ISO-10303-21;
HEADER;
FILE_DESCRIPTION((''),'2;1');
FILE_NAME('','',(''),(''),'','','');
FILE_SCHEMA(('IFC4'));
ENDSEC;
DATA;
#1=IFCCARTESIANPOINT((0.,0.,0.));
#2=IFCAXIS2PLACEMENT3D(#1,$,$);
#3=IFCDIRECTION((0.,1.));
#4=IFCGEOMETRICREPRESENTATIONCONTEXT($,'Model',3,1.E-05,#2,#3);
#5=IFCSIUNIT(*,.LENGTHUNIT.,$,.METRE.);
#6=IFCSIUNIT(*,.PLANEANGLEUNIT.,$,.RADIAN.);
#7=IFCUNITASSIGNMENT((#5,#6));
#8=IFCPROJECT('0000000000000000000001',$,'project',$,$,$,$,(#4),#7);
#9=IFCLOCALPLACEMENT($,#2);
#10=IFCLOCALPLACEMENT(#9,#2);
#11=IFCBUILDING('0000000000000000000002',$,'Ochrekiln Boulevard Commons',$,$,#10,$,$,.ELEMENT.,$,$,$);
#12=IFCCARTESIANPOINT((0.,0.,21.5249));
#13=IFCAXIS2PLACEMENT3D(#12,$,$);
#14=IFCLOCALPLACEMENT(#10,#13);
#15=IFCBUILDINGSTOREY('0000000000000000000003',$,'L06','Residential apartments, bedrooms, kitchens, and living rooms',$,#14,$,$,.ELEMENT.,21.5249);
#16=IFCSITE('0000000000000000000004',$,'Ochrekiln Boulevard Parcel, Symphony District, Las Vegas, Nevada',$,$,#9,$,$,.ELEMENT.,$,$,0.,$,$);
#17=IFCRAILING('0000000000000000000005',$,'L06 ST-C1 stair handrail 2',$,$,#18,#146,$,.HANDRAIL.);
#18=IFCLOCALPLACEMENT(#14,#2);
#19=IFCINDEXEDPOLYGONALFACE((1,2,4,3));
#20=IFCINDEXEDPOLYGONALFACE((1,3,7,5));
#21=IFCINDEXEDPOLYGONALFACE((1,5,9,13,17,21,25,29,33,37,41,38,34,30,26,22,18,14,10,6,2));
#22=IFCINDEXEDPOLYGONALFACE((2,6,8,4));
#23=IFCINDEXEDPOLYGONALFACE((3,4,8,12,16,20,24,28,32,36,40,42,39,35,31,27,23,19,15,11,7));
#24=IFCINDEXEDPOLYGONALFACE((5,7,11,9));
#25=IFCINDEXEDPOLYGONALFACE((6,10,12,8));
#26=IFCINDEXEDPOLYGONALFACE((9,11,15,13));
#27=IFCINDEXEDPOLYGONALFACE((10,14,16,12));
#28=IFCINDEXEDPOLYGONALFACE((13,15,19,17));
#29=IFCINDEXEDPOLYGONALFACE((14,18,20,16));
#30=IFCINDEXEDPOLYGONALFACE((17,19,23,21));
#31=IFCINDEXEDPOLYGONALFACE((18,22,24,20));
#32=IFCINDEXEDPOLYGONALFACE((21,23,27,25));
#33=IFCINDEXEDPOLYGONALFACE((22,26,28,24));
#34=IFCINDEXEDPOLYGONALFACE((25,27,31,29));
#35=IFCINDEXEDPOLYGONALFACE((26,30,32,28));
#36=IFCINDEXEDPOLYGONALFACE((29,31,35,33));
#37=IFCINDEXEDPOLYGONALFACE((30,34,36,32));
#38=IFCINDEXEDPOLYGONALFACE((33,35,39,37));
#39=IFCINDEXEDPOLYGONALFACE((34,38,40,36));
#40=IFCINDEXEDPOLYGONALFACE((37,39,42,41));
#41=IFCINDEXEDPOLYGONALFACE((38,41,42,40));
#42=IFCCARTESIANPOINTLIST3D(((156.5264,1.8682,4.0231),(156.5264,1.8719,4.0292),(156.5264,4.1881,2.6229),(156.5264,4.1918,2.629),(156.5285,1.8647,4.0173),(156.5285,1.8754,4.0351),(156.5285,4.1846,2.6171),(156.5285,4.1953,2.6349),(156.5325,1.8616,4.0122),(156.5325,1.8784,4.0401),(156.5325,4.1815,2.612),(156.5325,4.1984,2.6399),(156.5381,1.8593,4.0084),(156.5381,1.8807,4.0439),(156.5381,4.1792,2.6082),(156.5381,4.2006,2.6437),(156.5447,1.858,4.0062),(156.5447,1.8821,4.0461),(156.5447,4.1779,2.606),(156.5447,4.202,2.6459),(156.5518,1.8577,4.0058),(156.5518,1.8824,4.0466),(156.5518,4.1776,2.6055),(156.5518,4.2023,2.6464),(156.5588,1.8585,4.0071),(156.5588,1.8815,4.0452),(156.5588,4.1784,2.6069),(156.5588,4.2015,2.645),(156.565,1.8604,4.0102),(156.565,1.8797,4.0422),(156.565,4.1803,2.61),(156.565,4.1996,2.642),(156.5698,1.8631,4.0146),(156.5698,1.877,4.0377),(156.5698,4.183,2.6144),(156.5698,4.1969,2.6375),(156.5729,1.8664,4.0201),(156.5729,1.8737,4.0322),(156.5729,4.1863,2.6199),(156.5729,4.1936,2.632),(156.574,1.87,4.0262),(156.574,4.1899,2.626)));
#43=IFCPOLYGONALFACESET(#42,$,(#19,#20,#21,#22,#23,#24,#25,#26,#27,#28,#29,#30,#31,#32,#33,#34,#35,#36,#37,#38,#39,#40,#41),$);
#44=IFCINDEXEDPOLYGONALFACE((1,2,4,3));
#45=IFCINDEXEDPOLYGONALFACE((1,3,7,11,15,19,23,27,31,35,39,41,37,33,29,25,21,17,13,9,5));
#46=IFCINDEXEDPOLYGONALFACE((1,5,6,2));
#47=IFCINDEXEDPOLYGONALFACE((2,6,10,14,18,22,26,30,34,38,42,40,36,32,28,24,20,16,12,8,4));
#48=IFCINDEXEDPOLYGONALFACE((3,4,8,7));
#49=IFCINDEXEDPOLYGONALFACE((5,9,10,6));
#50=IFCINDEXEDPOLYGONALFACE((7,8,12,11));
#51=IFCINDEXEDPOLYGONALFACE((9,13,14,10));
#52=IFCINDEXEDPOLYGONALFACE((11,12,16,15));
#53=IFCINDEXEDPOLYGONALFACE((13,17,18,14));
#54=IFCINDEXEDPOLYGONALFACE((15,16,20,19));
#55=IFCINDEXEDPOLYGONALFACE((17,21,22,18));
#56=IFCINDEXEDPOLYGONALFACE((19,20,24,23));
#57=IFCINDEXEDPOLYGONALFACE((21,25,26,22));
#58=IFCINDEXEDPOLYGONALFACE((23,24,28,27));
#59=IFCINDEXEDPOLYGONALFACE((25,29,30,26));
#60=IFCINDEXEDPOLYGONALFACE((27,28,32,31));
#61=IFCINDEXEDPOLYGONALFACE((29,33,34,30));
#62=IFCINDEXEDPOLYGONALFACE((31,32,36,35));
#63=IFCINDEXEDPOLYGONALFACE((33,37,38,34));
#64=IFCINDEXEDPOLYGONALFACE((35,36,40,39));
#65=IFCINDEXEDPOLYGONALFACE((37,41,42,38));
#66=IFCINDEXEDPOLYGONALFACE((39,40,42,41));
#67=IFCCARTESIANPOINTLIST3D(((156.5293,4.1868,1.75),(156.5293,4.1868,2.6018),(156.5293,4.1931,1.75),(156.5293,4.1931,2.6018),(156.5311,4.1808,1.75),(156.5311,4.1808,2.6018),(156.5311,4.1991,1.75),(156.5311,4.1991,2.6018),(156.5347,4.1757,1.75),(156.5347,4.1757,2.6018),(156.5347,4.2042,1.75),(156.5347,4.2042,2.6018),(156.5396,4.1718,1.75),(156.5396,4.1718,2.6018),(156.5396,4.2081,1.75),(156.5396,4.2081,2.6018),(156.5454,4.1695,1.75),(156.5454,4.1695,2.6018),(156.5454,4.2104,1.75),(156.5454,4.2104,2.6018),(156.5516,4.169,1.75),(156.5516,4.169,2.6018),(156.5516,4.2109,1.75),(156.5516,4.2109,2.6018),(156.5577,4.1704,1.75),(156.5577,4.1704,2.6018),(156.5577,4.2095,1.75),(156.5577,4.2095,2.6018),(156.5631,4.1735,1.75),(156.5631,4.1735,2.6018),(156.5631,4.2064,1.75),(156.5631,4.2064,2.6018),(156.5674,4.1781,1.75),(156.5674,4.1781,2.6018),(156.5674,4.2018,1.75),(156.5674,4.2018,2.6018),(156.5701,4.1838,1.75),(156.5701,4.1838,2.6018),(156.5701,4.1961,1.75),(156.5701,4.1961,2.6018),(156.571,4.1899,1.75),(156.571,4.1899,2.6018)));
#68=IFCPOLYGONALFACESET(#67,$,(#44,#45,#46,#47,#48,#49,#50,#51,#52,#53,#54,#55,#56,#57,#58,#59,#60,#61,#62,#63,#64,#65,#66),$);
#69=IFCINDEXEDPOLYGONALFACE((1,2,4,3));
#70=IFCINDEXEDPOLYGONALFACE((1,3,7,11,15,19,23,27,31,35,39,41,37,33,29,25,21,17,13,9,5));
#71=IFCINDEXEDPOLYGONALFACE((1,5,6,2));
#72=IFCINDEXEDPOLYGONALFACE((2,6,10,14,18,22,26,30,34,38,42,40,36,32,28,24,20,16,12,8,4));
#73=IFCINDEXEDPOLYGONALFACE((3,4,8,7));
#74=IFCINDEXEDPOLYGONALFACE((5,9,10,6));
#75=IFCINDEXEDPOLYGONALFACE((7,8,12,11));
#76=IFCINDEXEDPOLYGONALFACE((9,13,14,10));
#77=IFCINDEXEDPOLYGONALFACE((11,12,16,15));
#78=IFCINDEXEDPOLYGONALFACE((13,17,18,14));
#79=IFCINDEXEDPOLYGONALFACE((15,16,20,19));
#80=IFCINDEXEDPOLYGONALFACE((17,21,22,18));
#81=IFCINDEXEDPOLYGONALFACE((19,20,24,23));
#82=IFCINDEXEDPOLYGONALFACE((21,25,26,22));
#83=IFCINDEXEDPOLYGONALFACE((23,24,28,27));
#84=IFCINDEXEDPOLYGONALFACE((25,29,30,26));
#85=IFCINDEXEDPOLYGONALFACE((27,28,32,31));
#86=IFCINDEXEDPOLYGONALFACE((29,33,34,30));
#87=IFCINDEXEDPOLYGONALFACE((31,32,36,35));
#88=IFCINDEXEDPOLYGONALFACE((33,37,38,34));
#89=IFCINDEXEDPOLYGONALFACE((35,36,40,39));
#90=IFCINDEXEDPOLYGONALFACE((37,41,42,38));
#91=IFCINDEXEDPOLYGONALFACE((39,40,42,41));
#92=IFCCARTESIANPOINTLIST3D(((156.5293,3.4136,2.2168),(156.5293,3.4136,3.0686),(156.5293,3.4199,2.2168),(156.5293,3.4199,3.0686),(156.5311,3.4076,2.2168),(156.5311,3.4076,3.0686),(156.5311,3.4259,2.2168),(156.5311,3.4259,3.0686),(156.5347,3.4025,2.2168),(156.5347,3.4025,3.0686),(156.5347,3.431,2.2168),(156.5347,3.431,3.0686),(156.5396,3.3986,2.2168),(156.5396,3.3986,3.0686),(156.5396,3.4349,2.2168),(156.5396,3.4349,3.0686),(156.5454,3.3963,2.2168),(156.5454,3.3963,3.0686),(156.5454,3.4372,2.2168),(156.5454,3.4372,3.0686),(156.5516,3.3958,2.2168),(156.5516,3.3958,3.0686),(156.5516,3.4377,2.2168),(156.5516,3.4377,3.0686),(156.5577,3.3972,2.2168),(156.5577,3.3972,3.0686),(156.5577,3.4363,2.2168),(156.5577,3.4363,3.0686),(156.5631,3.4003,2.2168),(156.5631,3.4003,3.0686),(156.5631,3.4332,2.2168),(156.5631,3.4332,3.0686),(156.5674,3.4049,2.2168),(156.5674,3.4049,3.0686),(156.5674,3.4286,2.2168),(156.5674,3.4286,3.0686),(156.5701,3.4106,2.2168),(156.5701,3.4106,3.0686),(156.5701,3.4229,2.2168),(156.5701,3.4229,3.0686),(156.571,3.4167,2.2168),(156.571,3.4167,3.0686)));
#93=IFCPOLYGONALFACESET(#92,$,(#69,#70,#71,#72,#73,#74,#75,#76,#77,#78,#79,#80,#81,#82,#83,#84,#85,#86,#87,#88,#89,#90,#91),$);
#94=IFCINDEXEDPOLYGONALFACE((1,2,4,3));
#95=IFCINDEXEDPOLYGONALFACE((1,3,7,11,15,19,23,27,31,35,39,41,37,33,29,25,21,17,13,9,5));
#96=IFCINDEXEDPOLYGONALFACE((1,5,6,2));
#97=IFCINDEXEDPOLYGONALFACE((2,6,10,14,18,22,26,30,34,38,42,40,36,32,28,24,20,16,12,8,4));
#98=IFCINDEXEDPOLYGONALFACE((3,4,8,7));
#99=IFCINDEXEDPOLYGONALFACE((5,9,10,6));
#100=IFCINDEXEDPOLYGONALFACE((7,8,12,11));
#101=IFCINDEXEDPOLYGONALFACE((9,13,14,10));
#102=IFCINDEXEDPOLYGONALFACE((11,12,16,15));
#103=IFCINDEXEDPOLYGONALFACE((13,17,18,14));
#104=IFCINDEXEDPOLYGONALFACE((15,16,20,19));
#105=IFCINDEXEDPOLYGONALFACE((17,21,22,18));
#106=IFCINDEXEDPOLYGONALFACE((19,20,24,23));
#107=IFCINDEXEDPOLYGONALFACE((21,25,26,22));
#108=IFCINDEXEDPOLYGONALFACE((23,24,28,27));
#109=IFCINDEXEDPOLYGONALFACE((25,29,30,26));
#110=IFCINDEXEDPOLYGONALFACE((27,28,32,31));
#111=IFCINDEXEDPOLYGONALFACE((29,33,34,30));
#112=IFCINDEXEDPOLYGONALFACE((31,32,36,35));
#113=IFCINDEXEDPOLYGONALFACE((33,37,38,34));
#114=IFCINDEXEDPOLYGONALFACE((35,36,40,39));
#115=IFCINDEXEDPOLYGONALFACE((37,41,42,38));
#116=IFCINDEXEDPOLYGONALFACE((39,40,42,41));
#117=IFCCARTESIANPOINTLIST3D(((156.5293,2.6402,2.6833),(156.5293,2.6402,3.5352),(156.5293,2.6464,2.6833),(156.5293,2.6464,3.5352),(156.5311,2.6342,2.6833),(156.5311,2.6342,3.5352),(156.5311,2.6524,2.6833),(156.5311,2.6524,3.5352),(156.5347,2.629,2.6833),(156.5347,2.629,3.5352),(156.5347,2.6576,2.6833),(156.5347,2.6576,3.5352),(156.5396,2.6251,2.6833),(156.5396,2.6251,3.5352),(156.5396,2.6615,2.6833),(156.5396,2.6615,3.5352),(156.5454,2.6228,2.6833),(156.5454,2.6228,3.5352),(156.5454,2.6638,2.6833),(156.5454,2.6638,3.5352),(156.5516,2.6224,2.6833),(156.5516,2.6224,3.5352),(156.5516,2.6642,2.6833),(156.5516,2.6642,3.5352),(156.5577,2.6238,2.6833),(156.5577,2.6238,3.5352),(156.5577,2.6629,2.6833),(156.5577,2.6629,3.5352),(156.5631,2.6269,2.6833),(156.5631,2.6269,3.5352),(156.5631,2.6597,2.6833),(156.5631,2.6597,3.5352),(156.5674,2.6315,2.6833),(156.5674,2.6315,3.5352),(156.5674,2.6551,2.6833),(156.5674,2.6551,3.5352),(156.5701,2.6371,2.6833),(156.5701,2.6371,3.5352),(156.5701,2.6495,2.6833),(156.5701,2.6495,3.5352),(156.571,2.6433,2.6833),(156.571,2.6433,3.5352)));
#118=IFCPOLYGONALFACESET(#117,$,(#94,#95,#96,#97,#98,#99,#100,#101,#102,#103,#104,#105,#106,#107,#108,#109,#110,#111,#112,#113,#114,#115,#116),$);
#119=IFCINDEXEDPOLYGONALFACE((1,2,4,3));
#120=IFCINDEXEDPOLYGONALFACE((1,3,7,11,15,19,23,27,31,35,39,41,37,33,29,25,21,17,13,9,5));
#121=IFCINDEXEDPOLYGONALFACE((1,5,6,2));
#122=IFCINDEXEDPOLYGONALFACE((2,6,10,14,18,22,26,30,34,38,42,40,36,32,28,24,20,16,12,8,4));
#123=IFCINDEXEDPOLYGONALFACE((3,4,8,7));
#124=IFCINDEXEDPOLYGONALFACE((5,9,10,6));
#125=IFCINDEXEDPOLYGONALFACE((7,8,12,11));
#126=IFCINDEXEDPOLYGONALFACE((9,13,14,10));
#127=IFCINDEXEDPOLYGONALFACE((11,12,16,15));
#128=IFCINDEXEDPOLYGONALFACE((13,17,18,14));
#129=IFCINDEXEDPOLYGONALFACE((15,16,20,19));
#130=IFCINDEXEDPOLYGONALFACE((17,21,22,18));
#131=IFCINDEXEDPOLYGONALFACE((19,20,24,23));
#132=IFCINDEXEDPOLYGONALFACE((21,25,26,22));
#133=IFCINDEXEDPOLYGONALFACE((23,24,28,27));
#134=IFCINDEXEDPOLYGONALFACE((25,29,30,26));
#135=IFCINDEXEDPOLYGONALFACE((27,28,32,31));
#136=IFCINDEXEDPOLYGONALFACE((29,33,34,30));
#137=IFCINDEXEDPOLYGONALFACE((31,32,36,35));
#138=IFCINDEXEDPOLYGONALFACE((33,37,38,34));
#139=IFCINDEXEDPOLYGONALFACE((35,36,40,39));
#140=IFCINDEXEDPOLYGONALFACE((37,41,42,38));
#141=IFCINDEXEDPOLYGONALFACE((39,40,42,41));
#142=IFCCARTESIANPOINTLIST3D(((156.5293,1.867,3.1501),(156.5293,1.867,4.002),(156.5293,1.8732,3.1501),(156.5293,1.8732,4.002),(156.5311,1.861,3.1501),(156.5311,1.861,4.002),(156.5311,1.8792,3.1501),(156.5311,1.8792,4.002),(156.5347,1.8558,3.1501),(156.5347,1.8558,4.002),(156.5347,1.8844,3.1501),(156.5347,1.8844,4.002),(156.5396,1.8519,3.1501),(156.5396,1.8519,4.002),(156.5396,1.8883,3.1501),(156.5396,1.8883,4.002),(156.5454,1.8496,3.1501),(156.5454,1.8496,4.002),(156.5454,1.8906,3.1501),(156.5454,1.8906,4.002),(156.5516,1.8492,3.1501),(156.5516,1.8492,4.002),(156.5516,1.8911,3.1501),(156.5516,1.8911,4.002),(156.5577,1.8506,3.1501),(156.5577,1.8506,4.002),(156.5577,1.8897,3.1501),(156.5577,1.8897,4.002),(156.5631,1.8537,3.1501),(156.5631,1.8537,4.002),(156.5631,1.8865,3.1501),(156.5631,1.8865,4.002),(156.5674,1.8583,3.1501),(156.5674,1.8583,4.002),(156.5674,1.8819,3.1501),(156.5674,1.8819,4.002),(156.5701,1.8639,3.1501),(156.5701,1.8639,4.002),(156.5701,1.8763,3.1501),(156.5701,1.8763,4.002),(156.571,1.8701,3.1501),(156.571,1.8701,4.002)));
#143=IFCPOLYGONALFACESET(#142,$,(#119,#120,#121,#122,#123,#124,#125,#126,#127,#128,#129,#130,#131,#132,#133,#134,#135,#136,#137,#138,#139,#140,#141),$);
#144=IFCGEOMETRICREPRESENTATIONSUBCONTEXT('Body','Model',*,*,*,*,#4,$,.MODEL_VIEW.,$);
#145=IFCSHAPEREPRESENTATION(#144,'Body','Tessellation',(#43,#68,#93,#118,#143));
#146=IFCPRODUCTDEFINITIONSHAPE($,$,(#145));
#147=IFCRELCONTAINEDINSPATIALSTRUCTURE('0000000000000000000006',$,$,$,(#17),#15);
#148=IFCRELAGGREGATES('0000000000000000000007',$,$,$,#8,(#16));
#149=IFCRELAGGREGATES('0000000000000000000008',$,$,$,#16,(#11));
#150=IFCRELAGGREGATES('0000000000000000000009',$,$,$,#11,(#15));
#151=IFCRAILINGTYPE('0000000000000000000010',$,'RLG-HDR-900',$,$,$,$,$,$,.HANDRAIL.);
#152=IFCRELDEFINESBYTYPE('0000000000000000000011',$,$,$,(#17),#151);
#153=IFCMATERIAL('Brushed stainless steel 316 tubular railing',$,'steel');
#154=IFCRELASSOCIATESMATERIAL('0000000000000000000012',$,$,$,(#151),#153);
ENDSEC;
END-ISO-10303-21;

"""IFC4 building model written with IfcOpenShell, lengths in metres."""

from ifc_helpers import new_model, si_unit, direction, frame, origin, origin_2d, place, context, subcontext, project, spatial, circle, extrude, material, type_object, element, save


model = new_model("IFC4")

# Units and contexts
model_context = context("Model", 3, precision=1e-05, world=origin(), true_north=direction((0.0, 1.0)))
body_context = subcontext(model_context, "Body", "Model", "MODEL_VIEW")
ifc_project = project(units=[si_unit("LENGTHUNIT", "METRE"), si_unit("PLANEANGLEUNIT", "RADIAN")], contexts=[model_context])

# Site, building, storey
site_placement = place(None, origin())
site = spatial("IfcSite", under=ifc_project, at=site_placement, Name="Ochrekiln Boulevard Parcel, Symphony District, Las Vegas, Nevada", CompositionType="ELEMENT", RefElevation=0.0)
building_placement = place(site_placement, origin())
building = spatial("IfcBuilding", under=site, at=building_placement, Name="Ochrekiln Boulevard Commons", CompositionType="ELEMENT")
storey_placement = place(building_placement, frame((0.0, 0.0, 21.5249)))
storey = spatial("IfcBuildingStorey", under=building, at=storey_placement, Name="L06", Description="Residential apartments, bedrooms, kitchens, and living rooms", CompositionType="ELEMENT", Elevation=21.5249)

# Railing
ifc_material_1 = material(Name="Brushed stainless steel 316 tubular railing", Category="steel")
railing_type_1 = type_object("IfcRailingType", Name="RLG-HDR-900", PredefinedType="HANDRAIL", material=ifc_material_1)
railing_1_placement = place(storey_placement, frame((156.55, 4.1899, 1.75)))
element("IfcRailing", 1, at=railing_1_placement, inside=storey, type_object=railing_type_1, Name="L06 ST-C1 stair handrail 2", PredefinedType="HANDRAIL", context=body_context, shape_type="SweptSolid", body=[
    extrude(circle(Radius=0.0239, at=origin_2d()), frame((0.0, 0.0, 0.876), z_axis=(0.0, -0.856146, 0.516733), x_axis=(1.0, 0.0, 0.0)), (0.0, 0.0, 1.0), 2.7097),
    extrude(circle(Radius=0.021, at=origin_2d()), origin(), (0.0, 0.0, 1.0), 0.8518),
    extrude(circle(Radius=0.021, at=origin_2d()), frame((0.0, -0.7732, 0.4668)), (0.0, 0.0, 1.0), 0.8518),
    extrude(circle(Radius=0.021, at=origin_2d()), frame((0.0, -1.5466, 0.9333)), (0.0, 0.0, 1.0), 0.8518),
    extrude(circle(Radius=0.021, at=origin_2d()), frame((0.0, -2.3198, 1.4001)), (0.0, 0.0, 1.0), 0.8518),
])

save(model, "model.ifc")
